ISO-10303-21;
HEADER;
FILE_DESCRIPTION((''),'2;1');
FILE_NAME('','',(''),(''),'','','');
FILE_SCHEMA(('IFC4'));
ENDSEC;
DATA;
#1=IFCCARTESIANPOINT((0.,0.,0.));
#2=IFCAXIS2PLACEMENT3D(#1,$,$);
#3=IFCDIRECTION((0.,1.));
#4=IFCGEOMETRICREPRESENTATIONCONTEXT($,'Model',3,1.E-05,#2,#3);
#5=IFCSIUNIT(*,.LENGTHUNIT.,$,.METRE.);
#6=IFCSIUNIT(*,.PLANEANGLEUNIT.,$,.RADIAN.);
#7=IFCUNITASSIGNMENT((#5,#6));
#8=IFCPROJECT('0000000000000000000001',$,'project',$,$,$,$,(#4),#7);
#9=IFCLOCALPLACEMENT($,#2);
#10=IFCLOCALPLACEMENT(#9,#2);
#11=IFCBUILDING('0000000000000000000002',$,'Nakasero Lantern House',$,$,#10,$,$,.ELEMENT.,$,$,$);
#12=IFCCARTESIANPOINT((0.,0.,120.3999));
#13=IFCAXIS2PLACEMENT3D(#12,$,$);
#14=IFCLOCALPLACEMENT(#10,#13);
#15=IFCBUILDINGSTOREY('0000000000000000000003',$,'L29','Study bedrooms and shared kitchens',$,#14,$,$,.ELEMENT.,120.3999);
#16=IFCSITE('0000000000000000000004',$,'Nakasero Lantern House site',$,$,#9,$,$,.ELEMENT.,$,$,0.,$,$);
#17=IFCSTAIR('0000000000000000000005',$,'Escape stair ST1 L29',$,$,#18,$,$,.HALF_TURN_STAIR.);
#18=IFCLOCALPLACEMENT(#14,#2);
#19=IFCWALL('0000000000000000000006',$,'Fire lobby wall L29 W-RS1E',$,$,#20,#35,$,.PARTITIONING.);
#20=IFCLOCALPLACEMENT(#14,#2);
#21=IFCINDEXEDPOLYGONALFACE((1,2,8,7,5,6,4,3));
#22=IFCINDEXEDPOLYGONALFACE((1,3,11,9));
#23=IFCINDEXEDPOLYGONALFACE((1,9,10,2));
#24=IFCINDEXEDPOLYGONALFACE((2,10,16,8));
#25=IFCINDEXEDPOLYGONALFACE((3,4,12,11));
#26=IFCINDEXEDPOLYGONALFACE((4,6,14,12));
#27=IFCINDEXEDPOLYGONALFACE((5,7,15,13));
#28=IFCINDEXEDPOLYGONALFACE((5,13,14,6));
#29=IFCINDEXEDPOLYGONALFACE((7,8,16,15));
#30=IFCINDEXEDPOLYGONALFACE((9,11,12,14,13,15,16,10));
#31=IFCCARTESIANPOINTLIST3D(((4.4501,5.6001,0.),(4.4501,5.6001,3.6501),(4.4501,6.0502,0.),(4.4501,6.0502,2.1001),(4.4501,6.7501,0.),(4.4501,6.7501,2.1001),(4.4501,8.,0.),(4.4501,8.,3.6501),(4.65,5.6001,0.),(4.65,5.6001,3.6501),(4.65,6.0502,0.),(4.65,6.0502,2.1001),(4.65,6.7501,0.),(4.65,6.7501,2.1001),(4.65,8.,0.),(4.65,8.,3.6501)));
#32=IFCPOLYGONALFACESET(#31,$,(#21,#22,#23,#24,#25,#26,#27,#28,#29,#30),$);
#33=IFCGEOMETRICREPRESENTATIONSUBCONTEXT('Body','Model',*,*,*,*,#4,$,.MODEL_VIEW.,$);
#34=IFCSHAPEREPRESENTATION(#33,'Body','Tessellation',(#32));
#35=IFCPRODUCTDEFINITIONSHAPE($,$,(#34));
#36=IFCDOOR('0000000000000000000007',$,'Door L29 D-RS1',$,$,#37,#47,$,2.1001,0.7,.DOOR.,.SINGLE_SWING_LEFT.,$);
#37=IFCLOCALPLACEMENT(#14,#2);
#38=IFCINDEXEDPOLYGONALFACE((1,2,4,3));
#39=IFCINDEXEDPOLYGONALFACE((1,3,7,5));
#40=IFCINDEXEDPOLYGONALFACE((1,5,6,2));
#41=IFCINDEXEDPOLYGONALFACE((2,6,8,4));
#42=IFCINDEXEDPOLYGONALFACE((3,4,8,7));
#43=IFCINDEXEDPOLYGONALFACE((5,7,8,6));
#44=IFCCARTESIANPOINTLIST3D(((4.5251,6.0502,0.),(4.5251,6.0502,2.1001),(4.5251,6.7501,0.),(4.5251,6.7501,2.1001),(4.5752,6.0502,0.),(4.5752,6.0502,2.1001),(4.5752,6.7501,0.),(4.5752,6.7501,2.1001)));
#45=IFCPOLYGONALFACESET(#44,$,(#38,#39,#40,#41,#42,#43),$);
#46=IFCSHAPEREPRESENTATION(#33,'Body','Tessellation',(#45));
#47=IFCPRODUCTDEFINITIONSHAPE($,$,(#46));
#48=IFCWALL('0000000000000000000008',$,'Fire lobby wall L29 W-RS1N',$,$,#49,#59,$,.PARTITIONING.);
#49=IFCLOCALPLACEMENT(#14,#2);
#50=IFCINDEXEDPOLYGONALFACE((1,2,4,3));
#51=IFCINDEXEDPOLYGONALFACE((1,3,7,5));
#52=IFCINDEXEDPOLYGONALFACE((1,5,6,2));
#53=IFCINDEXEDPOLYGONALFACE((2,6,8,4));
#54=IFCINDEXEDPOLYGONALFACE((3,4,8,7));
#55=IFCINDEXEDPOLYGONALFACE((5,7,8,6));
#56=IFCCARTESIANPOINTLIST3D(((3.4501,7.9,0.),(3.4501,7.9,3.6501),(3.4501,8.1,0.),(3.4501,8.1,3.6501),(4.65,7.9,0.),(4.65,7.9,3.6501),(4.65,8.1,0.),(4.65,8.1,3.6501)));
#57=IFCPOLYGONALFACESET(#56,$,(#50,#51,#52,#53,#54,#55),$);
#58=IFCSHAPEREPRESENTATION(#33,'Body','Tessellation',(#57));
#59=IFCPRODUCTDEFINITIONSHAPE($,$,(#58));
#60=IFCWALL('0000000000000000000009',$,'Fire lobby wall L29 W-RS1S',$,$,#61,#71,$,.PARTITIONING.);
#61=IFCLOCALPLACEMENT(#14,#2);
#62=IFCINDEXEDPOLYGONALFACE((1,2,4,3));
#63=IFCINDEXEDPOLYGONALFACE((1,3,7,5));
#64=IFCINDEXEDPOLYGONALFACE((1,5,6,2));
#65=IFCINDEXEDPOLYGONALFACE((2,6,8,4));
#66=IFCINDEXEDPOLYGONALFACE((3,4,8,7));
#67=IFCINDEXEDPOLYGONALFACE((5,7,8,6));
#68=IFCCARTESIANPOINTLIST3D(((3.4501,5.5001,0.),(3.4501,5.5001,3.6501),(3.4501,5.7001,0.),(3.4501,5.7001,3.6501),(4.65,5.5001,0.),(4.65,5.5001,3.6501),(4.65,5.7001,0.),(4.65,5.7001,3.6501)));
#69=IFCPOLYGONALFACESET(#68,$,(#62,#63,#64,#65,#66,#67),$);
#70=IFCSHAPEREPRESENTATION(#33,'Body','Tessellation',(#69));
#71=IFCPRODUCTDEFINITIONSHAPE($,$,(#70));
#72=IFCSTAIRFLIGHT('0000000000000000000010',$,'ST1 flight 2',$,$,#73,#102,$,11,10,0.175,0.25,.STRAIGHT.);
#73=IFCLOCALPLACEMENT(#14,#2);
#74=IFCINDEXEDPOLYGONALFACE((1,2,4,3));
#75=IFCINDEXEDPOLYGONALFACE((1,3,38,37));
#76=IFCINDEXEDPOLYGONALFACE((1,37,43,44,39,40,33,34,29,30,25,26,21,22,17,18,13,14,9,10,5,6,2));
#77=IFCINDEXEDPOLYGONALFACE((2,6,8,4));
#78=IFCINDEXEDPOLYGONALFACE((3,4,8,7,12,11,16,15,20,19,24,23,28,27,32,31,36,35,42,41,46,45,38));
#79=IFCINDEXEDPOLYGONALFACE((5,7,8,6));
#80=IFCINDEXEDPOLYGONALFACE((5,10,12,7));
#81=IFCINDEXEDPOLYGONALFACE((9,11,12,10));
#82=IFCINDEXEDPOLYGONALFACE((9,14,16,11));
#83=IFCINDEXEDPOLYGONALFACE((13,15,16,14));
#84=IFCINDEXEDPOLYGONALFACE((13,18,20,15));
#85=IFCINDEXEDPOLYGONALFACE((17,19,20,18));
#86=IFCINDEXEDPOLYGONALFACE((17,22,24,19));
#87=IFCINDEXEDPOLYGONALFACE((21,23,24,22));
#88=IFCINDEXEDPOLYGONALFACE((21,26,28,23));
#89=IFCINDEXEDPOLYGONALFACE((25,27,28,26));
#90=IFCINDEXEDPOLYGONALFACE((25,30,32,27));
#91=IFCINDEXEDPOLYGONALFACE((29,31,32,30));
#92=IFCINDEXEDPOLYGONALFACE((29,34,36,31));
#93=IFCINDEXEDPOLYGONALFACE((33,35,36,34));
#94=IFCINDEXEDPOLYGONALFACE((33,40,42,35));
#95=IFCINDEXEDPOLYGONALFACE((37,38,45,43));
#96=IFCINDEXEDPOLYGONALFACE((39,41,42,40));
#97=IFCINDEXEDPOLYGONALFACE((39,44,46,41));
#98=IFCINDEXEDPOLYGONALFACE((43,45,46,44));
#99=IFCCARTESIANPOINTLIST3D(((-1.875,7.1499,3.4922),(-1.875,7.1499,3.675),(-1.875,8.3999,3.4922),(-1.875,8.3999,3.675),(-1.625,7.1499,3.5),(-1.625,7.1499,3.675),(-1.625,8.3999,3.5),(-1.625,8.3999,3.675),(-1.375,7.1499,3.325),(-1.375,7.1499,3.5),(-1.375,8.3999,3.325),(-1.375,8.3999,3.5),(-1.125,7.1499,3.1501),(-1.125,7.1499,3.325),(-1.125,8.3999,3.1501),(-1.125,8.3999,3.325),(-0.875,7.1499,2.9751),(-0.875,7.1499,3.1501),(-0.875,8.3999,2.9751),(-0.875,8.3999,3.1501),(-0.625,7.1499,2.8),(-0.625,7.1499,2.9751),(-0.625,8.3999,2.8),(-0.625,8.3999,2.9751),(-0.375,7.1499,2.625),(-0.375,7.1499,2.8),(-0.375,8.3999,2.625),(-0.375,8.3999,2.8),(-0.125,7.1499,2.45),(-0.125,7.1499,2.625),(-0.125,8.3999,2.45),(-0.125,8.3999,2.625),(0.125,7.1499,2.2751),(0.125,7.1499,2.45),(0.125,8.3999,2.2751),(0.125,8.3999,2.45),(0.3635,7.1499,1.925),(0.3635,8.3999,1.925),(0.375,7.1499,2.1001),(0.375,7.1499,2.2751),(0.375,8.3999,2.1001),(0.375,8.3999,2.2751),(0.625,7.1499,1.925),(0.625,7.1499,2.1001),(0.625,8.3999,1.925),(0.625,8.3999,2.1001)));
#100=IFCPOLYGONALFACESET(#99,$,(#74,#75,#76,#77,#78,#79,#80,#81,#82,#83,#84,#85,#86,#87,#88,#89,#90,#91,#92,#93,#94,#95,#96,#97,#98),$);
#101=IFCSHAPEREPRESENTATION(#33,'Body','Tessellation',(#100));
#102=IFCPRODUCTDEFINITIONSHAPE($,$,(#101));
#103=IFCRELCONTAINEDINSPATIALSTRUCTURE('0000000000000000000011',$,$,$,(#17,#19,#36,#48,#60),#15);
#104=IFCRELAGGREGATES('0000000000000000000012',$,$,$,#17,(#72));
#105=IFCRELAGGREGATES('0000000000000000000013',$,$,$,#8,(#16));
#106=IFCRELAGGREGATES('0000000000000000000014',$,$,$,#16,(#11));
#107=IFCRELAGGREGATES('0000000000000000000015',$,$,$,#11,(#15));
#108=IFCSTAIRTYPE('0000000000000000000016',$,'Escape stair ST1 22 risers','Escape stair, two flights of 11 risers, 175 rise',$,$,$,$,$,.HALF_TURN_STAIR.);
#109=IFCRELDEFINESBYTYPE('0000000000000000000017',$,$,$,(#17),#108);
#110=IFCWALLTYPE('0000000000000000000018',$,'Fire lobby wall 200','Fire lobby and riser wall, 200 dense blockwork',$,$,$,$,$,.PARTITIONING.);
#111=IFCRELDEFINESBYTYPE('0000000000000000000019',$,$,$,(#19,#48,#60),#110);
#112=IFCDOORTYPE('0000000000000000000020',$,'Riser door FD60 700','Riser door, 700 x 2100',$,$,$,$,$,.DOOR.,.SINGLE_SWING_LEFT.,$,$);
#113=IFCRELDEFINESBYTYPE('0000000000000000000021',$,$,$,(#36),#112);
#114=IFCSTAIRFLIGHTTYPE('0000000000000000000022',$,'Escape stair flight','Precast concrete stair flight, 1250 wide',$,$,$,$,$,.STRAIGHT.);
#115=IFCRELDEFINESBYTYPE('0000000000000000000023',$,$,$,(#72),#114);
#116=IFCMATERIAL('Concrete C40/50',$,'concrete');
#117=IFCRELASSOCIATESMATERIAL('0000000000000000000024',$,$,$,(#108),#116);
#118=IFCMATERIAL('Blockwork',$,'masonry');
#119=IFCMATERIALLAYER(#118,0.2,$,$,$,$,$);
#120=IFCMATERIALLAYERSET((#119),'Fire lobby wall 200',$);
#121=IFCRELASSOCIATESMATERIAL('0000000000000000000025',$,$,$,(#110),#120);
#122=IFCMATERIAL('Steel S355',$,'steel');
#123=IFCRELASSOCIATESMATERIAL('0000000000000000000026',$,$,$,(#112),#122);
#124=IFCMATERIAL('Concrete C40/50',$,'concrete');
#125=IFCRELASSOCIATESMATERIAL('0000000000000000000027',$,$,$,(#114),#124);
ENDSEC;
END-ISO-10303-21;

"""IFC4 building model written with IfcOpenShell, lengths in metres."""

from ifc_helpers import new_model, si_unit, direction, frame, frame_2d, origin, place, context, subcontext, project, spatial, polyline, rectangle, outline, extrude, material, layer, layer_set, type_object, element, fill, aggregate, save


model = new_model("IFC4")

# Units and contexts
model_context = context("Model", 3, precision=1e-05, world=origin(), true_north=direction((0.0, 1.0)))
body_context = subcontext(model_context, "Body", "Model", "MODEL_VIEW")
ifc_project = project(units=[si_unit("LENGTHUNIT", "METRE"), si_unit("PLANEANGLEUNIT", "RADIAN")], contexts=[model_context])

# Site, building, storey
site_placement = place(None, origin())
site = spatial("IfcSite", under=ifc_project, at=site_placement, Name="Nakasero Lantern House site", CompositionType="ELEMENT", RefElevation=0.0)
building_placement = place(site_placement, origin())
building = spatial("IfcBuilding", under=site, at=building_placement, Name="Nakasero Lantern House", CompositionType="ELEMENT")
storey_placement = place(building_placement, frame((0.0, 0.0, 120.3999)))
storey = spatial("IfcBuildingStorey", under=building, at=storey_placement, Name="L29", Description="Study bedrooms and shared kitchens", CompositionType="ELEMENT", Elevation=120.3999)

# Stair
ifc_material_1 = material(Name="Concrete C40/50", Category="concrete")
stair_type_1 = type_object("IfcStairType", Name="Escape stair ST1 22 risers", Description="Escape stair, two flights of 11 risers, 175 rise", PredefinedType="HALF_TURN_STAIR", material=ifc_material_1)
stair_1_placement = place(storey_placement, origin())
stair_1 = element("IfcStair", 1, at=stair_1_placement, inside=storey, type_object=stair_type_1, Name="Escape stair ST1 L29", PredefinedType="HALF_TURN_STAIR")

# Wall, opening, door
ifc_material_2 = material(Name="Blockwork", Category="masonry")
ifc_layer_1 = layer(ifc_material_2, 0.2)
ifc_layer_set_1 = layer_set([ifc_layer_1], Name="Fire lobby wall 200")
wall_type_1 = type_object("IfcWallType", Name="Fire lobby wall 200", Description="Fire lobby and riser wall, 200 dense blockwork", PredefinedType="PARTITIONING", material=ifc_layer_set_1)
wall_1_placement = place(storey_placement, frame((4.55, 5.6001, 0.0), z_axis=(0.0, 0.0, 1.0), x_axis=(0.0, 1.0, 0.0)))
wall_1 = element("IfcWall", 2, at=wall_1_placement, inside=storey, type_object=wall_type_1, Name="Fire lobby wall L29 W-RS1E", PredefinedType="PARTITIONING", context=body_context, shape_type="SweptSolid", body=[
    extrude(rectangle(XDim=2.3999, YDim=0.2, at=frame_2d((1.2, 0.0))), origin(), (0.0, 0.0, 1.0), 3.6501),
])
opening_1_placement = place(wall_1_placement, frame((0.45, 0.0, 0.0)))
opening_1 = element("IfcOpeningElement", 3, at=opening_1_placement, cuts=wall_1, PredefinedType="OPENING", context=body_context, shape_type="SweptSolid", body=[
    extrude(rectangle(XDim=0.7, YDim=2.1001, at=frame_2d((0.3501, 1.05))), frame((0.0, 0.1199, 0.0), z_axis=(0.0, -1.0, 0.0), x_axis=(1.0, 0.0, 0.0)), (0.0, 0.0, 1.0), 0.24),
])
ifc_material_3 = material(Name="Steel S355", Category="steel")
door_type_1 = type_object("IfcDoorType", Name="Riser door FD60 700", Description="Riser door, 700 x 2100", OperationType="SINGLE_SWING_LEFT", PredefinedType="DOOR", material=ifc_material_3)
door_1_placement = place(opening_1_placement, origin())
door_1 = element("IfcDoor", 4, at=door_1_placement, inside=storey, type_object=door_type_1, Name="Door L29 D-RS1", OperationType="SINGLE_SWING_LEFT", OverallHeight=2.1001, OverallWidth=0.7, PredefinedType="DOOR", context=body_context, shape_type="SweptSolid", body=[
    extrude(rectangle(XDim=0.7, YDim=2.1001, at=frame_2d((0.3501, 1.05))), frame((0.0, 0.0249, 0.0), z_axis=(0.0, -1.0, 0.0), x_axis=(1.0, 0.0, 0.0)), (0.0, 0.0, 1.0), 0.05),
])
fill(opening_1, door_1)

# Walls
for number, where, z_axis, x_axis, name in (
    (5, (3.45, 8.0, 0.0), (0.0, 0.0, 1.0), (1.0, 0.0, 0.0), "Fire lobby wall L29 W-RS1N"),
    (6, (3.45, 5.6001, 0.0), (0.0, 0.0, 1.0), (1.0, 0.0, 0.0), "Fire lobby wall L29 W-RS1S"),
):
    element("IfcWall", number, at=place(storey_placement, frame(where, z_axis=z_axis, x_axis=x_axis)), inside=storey, type_object=wall_type_1, Name=name, PredefinedType="PARTITIONING", context=body_context, shape_type="SweptSolid", body=[
        extrude(rectangle(XDim=1.2, YDim=0.2, at=frame_2d((0.6001, 0.0))), origin(), (0.0, 0.0, 1.0), 3.6501),
    ])

# Stair flight
ifc_material_4 = material(Name="Concrete C40/50", Category="concrete")
stair_flight_type = type_object("IfcStairFlightType", Name="Escape stair flight", Description="Precast concrete stair flight, 1250 wide", PredefinedType="STRAIGHT", material=ifc_material_4)
stair_flight_placement = place(storey_placement, frame((0.625, 7.7749, 1.925), z_axis=(0.0, 0.0, 1.0), x_axis=(-1.0, 0.0, 0.0)))
stair_flight = element("IfcStairFlight", 7, at=stair_flight_placement, type_object=stair_flight_type, Name="ST1 flight 2", NumberOfRisers=11, NumberOfTreads=10, PredefinedType="STRAIGHT", RiserHeight=0.175, TreadLength=0.25, context=body_context, shape_type="SweptSolid", body=[
    extrude(outline(polyline([(0.0, 0.0), (0.0, 0.175), (0.25, 0.175), (0.25, 0.3501), (0.5, 0.3501), (0.5, 0.5249), (0.75, 0.5249), (0.75, 0.7), (1.0, 0.7), (1.0, 0.875), (1.25, 0.875), (1.25, 1.05), (1.5, 1.05), (1.5, 1.2251), (1.75, 1.2251), (1.75, 1.3999), (2.0, 1.3999), (2.0, 1.575), (2.25, 1.575), (2.25, 1.75), (2.5, 1.75), (2.5, 1.925), (2.5, 1.5671), (0.2615, 0.0), (0.0, 0.0)])), frame((0.0, 0.625, 0.0), z_axis=(0.0, -1.0, 0.0), x_axis=(1.0, 0.0, 0.0)), (0.0, 0.0, 1.0), 1.25),
])
aggregate(stair_1, [stair_flight])

save(model, "model.ifc")
